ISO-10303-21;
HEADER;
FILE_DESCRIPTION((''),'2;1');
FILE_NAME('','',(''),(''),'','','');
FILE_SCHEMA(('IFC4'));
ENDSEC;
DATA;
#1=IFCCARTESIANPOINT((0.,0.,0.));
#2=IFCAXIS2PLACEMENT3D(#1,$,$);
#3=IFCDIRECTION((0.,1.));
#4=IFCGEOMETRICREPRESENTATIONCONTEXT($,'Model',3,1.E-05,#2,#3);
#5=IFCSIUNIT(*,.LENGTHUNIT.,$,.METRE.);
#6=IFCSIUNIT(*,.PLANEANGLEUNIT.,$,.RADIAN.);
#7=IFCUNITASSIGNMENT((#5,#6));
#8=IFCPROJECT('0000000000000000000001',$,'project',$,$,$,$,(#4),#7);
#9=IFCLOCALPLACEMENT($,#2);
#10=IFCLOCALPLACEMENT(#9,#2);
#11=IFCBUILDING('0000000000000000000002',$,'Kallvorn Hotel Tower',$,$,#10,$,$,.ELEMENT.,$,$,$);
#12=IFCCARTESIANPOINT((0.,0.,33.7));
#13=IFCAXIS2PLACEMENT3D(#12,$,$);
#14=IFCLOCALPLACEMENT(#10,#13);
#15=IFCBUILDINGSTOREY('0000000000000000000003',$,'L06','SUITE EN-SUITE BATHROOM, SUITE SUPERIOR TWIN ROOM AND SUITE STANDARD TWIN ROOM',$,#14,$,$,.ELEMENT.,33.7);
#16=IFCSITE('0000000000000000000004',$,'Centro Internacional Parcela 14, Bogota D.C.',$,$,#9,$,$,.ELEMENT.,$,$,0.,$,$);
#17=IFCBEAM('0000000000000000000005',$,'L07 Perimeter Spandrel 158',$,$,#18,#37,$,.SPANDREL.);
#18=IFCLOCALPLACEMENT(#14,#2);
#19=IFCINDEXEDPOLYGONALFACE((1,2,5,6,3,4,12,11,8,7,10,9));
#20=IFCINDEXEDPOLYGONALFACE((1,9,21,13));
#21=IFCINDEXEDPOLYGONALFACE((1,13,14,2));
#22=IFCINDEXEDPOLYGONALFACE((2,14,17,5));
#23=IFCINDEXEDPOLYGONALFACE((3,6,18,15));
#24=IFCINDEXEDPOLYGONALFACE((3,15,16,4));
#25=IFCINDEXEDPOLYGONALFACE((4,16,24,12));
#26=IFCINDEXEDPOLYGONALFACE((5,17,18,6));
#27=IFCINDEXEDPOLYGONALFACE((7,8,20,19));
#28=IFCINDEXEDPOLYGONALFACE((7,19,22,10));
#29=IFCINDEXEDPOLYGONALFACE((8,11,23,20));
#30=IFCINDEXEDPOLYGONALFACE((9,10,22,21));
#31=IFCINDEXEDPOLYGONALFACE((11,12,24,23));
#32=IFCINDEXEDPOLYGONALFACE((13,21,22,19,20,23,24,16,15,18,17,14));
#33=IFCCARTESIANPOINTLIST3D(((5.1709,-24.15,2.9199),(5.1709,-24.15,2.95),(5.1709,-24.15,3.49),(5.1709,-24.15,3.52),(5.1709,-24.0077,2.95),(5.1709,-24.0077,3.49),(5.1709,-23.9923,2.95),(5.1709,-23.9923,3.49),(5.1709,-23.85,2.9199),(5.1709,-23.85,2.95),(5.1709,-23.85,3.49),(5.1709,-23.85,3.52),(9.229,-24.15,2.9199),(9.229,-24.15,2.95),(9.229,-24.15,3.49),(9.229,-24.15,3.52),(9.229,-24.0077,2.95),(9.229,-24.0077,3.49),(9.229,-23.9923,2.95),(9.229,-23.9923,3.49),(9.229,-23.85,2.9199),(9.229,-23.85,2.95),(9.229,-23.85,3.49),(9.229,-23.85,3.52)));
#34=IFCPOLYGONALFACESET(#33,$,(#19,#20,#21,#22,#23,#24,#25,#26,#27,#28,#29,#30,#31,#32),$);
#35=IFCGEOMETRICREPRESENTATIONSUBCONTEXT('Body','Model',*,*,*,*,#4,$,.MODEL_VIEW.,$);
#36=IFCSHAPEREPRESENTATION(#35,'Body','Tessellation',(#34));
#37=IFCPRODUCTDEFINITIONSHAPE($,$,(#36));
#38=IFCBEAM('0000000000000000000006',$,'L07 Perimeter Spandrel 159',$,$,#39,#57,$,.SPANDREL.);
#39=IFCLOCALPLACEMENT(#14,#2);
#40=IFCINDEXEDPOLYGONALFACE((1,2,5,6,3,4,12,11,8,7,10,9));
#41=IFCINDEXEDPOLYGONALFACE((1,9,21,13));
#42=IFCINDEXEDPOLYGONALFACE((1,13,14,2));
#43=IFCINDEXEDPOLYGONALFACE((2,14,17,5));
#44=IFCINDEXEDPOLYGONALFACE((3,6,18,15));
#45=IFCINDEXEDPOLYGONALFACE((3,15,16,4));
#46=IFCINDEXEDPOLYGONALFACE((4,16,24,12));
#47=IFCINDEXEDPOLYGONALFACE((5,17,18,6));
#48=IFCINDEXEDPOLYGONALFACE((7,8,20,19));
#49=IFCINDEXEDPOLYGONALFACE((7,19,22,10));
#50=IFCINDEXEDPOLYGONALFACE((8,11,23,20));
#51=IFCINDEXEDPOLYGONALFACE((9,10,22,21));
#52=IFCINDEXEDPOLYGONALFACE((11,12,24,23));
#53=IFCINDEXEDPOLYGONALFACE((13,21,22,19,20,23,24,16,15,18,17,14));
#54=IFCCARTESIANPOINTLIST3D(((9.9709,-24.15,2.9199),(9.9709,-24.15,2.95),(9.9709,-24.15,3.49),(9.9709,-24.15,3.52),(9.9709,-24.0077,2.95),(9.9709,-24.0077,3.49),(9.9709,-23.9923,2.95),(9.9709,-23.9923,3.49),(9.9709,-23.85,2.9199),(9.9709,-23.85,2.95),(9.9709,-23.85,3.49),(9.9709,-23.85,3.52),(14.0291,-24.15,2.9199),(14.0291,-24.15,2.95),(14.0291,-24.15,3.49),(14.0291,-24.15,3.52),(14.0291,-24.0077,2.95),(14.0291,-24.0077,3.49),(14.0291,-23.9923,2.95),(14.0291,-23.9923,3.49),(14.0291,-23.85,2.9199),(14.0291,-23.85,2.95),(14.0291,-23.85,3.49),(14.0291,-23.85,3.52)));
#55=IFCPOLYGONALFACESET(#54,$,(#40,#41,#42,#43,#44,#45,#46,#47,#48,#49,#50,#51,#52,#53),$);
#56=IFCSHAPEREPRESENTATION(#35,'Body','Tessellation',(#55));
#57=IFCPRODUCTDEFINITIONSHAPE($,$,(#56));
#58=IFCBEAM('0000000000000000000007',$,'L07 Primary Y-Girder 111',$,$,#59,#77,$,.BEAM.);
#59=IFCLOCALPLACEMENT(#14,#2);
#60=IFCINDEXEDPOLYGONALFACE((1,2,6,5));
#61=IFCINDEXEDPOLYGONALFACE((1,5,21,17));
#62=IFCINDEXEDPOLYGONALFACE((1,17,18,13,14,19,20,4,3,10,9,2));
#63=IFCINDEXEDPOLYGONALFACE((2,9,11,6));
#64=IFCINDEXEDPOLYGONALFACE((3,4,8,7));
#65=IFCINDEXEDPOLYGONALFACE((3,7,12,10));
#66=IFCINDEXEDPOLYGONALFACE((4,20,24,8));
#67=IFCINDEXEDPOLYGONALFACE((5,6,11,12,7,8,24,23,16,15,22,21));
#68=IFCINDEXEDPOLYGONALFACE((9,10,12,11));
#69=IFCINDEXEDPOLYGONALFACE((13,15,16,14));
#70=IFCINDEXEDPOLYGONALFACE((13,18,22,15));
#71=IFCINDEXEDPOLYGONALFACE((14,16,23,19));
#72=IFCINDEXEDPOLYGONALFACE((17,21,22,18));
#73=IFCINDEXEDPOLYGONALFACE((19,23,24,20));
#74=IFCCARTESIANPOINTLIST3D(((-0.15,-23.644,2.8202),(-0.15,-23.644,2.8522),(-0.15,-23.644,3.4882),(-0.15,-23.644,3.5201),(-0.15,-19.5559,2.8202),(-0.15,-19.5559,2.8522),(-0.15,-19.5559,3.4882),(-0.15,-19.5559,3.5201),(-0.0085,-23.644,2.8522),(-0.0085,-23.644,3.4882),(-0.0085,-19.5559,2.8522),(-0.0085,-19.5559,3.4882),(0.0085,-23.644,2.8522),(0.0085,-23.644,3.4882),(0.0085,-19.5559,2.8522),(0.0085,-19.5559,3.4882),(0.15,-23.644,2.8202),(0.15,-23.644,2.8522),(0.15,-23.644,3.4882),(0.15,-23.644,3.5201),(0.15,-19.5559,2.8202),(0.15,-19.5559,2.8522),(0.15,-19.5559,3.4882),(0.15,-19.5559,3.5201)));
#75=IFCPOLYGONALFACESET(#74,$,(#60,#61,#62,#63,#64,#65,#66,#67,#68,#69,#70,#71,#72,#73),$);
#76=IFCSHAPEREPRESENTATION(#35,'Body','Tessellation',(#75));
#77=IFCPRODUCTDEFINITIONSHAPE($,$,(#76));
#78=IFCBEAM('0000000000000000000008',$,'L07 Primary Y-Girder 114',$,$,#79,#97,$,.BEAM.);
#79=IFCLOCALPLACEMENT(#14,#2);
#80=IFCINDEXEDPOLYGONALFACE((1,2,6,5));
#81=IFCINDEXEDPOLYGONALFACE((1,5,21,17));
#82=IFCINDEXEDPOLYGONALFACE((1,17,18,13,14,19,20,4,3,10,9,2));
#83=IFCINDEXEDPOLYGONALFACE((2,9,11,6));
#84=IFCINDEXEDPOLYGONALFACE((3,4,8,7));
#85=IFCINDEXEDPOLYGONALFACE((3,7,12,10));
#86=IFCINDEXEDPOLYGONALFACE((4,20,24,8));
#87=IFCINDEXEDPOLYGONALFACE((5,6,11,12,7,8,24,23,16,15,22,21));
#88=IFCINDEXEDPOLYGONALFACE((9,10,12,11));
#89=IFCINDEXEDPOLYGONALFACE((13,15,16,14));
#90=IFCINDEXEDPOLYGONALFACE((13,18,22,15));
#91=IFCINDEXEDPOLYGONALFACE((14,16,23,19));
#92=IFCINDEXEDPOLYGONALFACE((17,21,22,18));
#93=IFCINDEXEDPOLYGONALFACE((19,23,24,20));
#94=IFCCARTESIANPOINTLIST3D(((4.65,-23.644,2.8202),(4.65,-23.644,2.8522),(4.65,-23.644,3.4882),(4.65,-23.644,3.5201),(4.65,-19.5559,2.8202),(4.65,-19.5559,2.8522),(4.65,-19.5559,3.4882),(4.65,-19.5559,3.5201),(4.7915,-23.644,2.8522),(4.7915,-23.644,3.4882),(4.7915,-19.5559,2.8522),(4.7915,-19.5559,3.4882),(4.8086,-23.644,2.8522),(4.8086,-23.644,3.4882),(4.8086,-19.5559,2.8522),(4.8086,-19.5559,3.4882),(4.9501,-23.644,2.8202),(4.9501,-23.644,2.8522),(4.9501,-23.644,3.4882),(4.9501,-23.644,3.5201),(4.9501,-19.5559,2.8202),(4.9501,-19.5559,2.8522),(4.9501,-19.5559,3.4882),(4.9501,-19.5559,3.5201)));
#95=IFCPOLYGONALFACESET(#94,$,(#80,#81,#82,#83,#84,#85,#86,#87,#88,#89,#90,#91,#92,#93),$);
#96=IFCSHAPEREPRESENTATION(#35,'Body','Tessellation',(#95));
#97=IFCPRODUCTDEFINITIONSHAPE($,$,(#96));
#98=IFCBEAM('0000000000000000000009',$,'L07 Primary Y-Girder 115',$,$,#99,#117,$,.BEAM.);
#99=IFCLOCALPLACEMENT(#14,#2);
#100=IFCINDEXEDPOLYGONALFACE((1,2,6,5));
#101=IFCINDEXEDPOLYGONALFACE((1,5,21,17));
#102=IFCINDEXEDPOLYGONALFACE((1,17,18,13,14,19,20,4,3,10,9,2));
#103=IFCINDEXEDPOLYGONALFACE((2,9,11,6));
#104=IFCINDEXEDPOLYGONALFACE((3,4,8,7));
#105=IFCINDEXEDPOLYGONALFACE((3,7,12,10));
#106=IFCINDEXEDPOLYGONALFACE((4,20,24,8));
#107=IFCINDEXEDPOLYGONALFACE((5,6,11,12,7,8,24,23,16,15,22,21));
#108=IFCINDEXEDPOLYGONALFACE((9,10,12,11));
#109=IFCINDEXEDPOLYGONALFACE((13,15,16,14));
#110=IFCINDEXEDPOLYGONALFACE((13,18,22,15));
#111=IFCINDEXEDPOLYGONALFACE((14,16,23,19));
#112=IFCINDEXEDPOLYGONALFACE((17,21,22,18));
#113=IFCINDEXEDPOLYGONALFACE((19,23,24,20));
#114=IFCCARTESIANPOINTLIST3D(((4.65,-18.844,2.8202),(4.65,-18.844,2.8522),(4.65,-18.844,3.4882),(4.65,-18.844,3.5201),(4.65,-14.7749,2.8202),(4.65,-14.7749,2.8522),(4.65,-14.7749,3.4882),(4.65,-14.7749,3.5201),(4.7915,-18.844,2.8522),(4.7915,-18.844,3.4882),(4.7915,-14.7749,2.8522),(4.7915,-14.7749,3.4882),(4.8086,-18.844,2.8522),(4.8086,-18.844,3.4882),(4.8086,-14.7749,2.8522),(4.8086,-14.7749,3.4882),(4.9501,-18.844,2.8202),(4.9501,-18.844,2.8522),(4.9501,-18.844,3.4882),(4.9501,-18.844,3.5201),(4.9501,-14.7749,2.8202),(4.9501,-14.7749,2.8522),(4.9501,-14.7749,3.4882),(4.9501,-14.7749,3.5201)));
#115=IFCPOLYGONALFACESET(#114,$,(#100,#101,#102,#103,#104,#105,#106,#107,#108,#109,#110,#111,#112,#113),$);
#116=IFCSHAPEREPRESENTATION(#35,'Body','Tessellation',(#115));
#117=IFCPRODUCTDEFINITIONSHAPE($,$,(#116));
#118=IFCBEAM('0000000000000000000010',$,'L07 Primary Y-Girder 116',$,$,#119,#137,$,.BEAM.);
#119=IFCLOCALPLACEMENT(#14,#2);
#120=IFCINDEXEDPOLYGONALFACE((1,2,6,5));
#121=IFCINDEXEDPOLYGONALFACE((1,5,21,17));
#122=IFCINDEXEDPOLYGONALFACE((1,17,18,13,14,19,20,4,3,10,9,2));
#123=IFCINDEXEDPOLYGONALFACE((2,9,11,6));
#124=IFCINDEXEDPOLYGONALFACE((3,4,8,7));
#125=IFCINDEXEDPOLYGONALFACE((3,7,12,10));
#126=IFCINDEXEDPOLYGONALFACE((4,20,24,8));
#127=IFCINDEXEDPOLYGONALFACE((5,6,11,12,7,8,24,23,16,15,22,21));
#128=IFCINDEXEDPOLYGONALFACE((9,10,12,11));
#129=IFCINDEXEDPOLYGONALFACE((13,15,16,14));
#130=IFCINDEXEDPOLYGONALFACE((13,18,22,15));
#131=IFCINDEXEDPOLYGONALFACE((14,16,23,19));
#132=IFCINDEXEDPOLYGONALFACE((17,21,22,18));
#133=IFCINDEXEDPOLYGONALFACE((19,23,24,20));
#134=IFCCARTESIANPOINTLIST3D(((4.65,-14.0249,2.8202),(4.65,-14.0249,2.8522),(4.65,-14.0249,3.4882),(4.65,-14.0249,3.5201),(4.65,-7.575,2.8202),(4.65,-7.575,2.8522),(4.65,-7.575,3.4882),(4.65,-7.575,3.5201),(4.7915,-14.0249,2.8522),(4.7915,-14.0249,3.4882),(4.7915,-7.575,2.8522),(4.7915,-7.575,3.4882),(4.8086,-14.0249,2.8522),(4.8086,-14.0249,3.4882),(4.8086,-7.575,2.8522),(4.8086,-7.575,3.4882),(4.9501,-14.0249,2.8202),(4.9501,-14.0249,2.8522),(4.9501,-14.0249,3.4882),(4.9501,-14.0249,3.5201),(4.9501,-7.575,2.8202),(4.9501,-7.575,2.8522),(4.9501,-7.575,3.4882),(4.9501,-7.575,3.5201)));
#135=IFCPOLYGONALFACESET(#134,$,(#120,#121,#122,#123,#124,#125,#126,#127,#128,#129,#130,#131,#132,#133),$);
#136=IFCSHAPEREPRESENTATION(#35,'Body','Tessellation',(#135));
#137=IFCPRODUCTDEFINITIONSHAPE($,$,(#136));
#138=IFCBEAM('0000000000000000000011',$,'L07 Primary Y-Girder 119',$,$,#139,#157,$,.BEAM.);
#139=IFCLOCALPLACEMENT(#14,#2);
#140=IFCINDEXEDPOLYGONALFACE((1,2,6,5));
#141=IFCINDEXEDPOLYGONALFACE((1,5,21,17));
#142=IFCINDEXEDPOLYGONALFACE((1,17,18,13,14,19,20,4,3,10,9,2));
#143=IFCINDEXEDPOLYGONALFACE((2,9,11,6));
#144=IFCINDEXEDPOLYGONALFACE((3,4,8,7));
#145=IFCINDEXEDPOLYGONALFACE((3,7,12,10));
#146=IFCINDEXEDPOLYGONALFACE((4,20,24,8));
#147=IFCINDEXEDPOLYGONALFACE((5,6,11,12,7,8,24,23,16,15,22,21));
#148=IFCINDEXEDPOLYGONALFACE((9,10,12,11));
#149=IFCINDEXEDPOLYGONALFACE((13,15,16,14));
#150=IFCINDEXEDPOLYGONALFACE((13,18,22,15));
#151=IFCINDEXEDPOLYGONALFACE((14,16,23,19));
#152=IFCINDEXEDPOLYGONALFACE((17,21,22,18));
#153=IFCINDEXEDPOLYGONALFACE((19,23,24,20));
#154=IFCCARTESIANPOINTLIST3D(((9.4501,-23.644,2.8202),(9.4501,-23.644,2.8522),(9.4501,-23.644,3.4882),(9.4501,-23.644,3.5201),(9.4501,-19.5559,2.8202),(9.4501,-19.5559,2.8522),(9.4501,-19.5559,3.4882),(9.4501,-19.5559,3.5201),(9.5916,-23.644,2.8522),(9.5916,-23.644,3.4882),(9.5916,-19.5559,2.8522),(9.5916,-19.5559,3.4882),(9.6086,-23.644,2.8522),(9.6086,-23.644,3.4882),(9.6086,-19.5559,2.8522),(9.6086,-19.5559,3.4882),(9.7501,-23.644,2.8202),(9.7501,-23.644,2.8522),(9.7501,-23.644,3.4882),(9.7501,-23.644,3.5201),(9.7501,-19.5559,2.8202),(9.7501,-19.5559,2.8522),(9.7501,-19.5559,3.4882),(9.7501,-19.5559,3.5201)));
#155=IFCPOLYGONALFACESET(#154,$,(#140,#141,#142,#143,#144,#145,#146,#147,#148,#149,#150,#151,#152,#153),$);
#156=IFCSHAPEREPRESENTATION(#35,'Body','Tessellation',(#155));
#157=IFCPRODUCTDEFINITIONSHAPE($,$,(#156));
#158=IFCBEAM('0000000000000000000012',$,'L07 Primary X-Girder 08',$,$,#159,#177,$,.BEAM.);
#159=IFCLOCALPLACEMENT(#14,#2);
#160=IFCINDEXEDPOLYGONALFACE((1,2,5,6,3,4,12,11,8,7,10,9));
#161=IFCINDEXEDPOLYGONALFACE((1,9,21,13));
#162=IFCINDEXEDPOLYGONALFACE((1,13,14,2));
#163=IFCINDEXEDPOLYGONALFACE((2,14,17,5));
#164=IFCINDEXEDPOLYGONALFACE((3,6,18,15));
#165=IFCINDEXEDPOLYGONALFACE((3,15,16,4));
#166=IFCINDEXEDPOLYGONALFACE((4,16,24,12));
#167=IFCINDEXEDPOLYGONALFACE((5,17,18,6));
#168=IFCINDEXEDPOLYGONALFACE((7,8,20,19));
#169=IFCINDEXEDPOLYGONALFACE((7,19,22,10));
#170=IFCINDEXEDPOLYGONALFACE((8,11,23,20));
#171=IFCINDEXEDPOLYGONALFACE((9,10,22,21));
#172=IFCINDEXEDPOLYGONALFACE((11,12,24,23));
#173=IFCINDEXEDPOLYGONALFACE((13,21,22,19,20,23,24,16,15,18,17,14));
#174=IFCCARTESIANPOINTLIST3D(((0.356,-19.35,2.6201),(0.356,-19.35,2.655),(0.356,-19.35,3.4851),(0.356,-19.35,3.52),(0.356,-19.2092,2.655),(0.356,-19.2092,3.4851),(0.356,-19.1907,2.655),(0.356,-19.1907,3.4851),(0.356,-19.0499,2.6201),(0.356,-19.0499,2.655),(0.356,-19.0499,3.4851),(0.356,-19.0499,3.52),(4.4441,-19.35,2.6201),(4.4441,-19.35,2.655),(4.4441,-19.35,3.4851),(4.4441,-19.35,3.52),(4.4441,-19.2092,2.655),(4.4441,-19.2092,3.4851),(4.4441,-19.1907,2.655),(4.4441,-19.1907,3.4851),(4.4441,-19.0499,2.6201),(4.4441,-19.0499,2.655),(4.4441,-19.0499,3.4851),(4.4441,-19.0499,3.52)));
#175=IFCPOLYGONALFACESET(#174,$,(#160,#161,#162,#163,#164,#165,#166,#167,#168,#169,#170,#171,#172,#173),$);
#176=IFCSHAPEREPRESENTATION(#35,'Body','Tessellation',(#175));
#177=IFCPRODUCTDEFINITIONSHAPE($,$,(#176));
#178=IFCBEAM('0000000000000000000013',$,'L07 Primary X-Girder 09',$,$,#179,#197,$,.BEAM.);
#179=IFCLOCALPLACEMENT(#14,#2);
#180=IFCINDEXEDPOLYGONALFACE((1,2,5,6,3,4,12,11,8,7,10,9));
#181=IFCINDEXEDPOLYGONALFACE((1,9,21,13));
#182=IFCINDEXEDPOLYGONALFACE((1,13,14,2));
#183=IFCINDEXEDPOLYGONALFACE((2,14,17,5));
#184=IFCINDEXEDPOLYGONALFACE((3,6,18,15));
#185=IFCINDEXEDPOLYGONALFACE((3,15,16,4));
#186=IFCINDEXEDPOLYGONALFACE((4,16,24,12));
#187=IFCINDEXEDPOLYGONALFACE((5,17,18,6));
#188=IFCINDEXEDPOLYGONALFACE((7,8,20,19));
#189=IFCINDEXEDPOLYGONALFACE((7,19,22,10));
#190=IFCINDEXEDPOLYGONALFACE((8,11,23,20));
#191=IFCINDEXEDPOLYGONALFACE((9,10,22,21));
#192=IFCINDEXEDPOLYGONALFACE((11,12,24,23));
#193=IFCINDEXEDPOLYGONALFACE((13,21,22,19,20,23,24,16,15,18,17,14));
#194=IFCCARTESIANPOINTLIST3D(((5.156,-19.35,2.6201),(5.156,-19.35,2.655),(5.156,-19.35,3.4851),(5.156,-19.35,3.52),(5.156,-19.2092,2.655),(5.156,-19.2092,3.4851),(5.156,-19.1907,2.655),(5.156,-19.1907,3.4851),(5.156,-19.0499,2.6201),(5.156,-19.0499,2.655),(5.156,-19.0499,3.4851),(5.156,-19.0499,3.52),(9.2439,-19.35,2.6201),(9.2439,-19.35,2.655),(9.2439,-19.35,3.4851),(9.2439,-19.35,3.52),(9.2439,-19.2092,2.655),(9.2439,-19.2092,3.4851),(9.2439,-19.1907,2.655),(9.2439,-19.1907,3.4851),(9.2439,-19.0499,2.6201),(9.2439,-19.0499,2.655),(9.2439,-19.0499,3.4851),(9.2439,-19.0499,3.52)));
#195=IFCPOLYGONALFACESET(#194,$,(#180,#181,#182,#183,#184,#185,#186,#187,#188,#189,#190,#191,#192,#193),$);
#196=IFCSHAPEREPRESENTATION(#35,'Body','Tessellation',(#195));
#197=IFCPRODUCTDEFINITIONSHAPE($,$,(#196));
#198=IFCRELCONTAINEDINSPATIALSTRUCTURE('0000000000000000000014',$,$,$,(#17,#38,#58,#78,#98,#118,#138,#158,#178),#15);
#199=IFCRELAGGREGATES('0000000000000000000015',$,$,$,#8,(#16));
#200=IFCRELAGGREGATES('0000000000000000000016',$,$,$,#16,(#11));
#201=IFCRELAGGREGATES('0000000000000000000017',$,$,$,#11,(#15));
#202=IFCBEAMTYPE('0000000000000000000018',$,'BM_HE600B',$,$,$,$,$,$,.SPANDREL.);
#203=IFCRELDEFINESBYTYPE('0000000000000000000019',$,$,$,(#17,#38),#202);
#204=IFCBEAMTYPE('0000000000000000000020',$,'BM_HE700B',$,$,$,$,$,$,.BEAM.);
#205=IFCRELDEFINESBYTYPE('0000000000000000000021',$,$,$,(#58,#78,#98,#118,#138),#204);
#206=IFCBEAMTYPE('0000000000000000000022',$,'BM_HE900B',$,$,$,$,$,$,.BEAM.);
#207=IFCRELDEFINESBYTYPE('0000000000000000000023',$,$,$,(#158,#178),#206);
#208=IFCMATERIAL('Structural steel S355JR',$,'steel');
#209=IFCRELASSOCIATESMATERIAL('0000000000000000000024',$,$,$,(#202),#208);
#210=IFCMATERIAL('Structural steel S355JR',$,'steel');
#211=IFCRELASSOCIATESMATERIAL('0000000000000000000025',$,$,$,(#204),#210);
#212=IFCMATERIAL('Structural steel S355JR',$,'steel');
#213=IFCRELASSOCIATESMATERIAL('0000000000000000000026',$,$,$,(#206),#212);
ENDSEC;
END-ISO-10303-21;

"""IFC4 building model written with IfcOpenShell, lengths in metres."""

from ifc_helpers import new_model, si_unit, direction, frame, origin, origin_2d, place, context, subcontext, project, spatial, i_section, extrude, material, material_profile, profile_set, type_object, element, save


model = new_model("IFC4")

# Units and contexts
model_context = context("Model", 3, precision=1e-05, world=origin(), true_north=direction((0.0, 1.0)))
body_context = subcontext(model_context, "Body", "Model", "MODEL_VIEW")
ifc_project = project(units=[si_unit("LENGTHUNIT", "METRE"), si_unit("PLANEANGLEUNIT", "RADIAN")], contexts=[model_context])

# Site, building, storey
site_placement = place(None, origin())
site = spatial("IfcSite", under=ifc_project, at=site_placement, Name="Centro Internacional Parcela 14, Bogota D.C.", CompositionType="ELEMENT", RefElevation=0.0)
building_placement = place(site_placement, origin())
building = spatial("IfcBuilding", under=site, at=building_placement, Name="Kallvorn Hotel Tower", CompositionType="ELEMENT")
storey_placement = place(building_placement, frame((0.0, 0.0, 33.7)))
storey = spatial("IfcBuildingStorey", under=building, at=storey_placement, Name="L06", Description="SUITE EN-SUITE BATHROOM, SUITE SUPERIOR TWIN ROOM AND SUITE STANDARD TWIN ROOM", CompositionType="ELEMENT", Elevation=33.7)

# Beams
ifc_material_1 = material(Name="Structural steel S355JR", Category="steel")
ifc_material_profile_1 = material_profile(ifc_material_1, i_section(OverallWidth=0.3, OverallDepth=0.6001, WebThickness=0.0154, FlangeThickness=0.03, at=origin_2d()), Name="HE 600 B")
ifc_profile_set_1 = profile_set([ifc_material_profile_1], Name="Structural steel S355JR")
beam_type_1 = type_object("IfcBeamType", Name="BM_HE600B", PredefinedType="SPANDREL", material=ifc_profile_set_1)
for number, where, z_axis, x_axis, name in (
    (1, (5.1709, -24.0, 3.22), (1.0, 0.0, 0.0), (0.0, 1.0, 0.0), "L07 Perimeter Spandrel 158"),
    (2, (9.9709, -24.0, 3.22), (1.0, 0.0, 0.0), (0.0, 1.0, 0.0), "L07 Perimeter Spandrel 159"),
):
    element("IfcBeam", number, at=place(storey_placement, frame(where, z_axis=z_axis, x_axis=x_axis)), inside=storey, type_object=beam_type_1, Name=name, PredefinedType="SPANDREL", context=body_context, shape_type="SweptSolid", body=[
        extrude(i_section(OverallWidth=0.3, OverallDepth=0.6001, WebThickness=0.0154, FlangeThickness=0.03, at=origin_2d()), origin(), (0.0, 0.0, 1.0), 4.0581),
    ])
ifc_material_2 = material(Name="Structural steel S355JR", Category="steel")
ifc_material_profile_2 = material_profile(ifc_material_2, i_section(OverallWidth=0.3, OverallDepth=0.7, WebThickness=0.0171, FlangeThickness=0.032, at=origin_2d()), Name="HE 700 B")
ifc_profile_set_2 = profile_set([ifc_material_profile_2], Name="Structural steel S355JR")
beam_type_2 = type_object("IfcBeamType", Name="BM_HE700B", PredefinedType="BEAM", material=ifc_profile_set_2)
for number, where, z_axis, x_axis, name in (
    (3, (0.0, -23.644, 3.1702), (0.0, 1.0, 0.0), (-1.0, 0.0, 0.0), "L07 Primary Y-Girder 111"),
    (4, (4.8, -23.644, 3.1702), (0.0, 1.0, 0.0), (-1.0, 0.0, 0.0), "L07 Primary Y-Girder 114"),
):
    element("IfcBeam", number, at=place(storey_placement, frame(where, z_axis=z_axis, x_axis=x_axis)), inside=storey, type_object=beam_type_2, Name=name, PredefinedType="BEAM", context=body_context, shape_type="SweptSolid", body=[
        extrude(i_section(OverallWidth=0.3, OverallDepth=0.7, WebThickness=0.0171, FlangeThickness=0.032, at=origin_2d()), origin(), (0.0, 0.0, 1.0), 4.0881),
    ])
beam_1_placement = place(storey_placement, frame((4.8, -18.844, 3.1702), z_axis=(0.0, 1.0, 0.0), x_axis=(-1.0, 0.0, 0.0)))
element("IfcBeam", 5, at=beam_1_placement, inside=storey, type_object=beam_type_2, Name="L07 Primary Y-Girder 115", PredefinedType="BEAM", context=body_context, shape_type="SweptSolid", body=[
    extrude(i_section(OverallWidth=0.3, OverallDepth=0.7, WebThickness=0.0171, FlangeThickness=0.032, at=origin_2d()), origin(), (0.0, 0.0, 1.0), 4.0691),
])
beam_2_placement = place(storey_placement, frame((4.8, -14.0249, 3.1702), z_axis=(0.0, 1.0, 0.0), x_axis=(-1.0, 0.0, 0.0)))
element("IfcBeam", 6, at=beam_2_placement, inside=storey, type_object=beam_type_2, Name="L07 Primary Y-Girder 116", PredefinedType="BEAM", context=body_context, shape_type="SweptSolid", body=[
    extrude(i_section(OverallWidth=0.3, OverallDepth=0.7, WebThickness=0.0171, FlangeThickness=0.032, at=origin_2d()), origin(), (0.0, 0.0, 1.0), 6.45),
])
beam_3_placement = place(storey_placement, frame((9.6001, -23.644, 3.1702), z_axis=(0.0, 1.0, 0.0), x_axis=(-1.0, 0.0, 0.0)))
element("IfcBeam", 7, at=beam_3_placement, inside=storey, type_object=beam_type_2, Name="L07 Primary Y-Girder 119", PredefinedType="BEAM", context=body_context, shape_type="SweptSolid", body=[
    extrude(i_section(OverallWidth=0.3, OverallDepth=0.7, WebThickness=0.0171, FlangeThickness=0.032, at=origin_2d()), origin(), (0.0, 0.0, 1.0), 4.0881),
])
ifc_material_3 = material(Name="Structural steel S355JR", Category="steel")
ifc_material_profile_3 = material_profile(ifc_material_3, i_section(OverallWidth=0.3, OverallDepth=0.8999, WebThickness=0.0186, FlangeThickness=0.0349, at=origin_2d()), Name="HE 900 B")
ifc_profile_set_3 = profile_set([ifc_material_profile_3], Name="Structural steel S355JR")
beam_type_3 = type_object("IfcBeamType", Name="BM_HE900B", PredefinedType="BEAM", material=ifc_profile_set_3)
beam_4_placement = place(storey_placement, frame((0.356, -19.2, 3.0701), z_axis=(1.0, 0.0, 0.0), x_axis=(0.0, 1.0, 0.0)))
element("IfcBeam", 8, at=beam_4_placement, inside=storey, type_object=beam_type_3, Name="L07 Primary X-Girder 08", PredefinedType="BEAM", context=body_context, shape_type="SweptSolid", body=[
    extrude(i_section(OverallWidth=0.3, OverallDepth=0.8999, WebThickness=0.0186, FlangeThickness=0.0349, at=origin_2d()), origin(), (0.0, 0.0, 1.0), 4.0881),
])
for number, where, z_axis, x_axis, name in (
    (9, (5.156, -19.2, 3.0701), (1.0, 0.0, 0.0), (0.0, 1.0, 0.0), "L07 Primary X-Girder 09"),
):
    element("IfcBeam", number, at=place(storey_placement, frame(where, z_axis=z_axis, x_axis=x_axis)), inside=storey, type_object=beam_type_3, Name=name, PredefinedType="BEAM", context=body_context, shape_type="SweptSolid", body=[
        extrude(i_section(OverallWidth=0.3, OverallDepth=0.8999, WebThickness=0.0186, FlangeThickness=0.0349, at=origin_2d()), origin(), (0.0, 0.0, 1.0), 4.0879),
    ])

save(model, "model.ifc")
